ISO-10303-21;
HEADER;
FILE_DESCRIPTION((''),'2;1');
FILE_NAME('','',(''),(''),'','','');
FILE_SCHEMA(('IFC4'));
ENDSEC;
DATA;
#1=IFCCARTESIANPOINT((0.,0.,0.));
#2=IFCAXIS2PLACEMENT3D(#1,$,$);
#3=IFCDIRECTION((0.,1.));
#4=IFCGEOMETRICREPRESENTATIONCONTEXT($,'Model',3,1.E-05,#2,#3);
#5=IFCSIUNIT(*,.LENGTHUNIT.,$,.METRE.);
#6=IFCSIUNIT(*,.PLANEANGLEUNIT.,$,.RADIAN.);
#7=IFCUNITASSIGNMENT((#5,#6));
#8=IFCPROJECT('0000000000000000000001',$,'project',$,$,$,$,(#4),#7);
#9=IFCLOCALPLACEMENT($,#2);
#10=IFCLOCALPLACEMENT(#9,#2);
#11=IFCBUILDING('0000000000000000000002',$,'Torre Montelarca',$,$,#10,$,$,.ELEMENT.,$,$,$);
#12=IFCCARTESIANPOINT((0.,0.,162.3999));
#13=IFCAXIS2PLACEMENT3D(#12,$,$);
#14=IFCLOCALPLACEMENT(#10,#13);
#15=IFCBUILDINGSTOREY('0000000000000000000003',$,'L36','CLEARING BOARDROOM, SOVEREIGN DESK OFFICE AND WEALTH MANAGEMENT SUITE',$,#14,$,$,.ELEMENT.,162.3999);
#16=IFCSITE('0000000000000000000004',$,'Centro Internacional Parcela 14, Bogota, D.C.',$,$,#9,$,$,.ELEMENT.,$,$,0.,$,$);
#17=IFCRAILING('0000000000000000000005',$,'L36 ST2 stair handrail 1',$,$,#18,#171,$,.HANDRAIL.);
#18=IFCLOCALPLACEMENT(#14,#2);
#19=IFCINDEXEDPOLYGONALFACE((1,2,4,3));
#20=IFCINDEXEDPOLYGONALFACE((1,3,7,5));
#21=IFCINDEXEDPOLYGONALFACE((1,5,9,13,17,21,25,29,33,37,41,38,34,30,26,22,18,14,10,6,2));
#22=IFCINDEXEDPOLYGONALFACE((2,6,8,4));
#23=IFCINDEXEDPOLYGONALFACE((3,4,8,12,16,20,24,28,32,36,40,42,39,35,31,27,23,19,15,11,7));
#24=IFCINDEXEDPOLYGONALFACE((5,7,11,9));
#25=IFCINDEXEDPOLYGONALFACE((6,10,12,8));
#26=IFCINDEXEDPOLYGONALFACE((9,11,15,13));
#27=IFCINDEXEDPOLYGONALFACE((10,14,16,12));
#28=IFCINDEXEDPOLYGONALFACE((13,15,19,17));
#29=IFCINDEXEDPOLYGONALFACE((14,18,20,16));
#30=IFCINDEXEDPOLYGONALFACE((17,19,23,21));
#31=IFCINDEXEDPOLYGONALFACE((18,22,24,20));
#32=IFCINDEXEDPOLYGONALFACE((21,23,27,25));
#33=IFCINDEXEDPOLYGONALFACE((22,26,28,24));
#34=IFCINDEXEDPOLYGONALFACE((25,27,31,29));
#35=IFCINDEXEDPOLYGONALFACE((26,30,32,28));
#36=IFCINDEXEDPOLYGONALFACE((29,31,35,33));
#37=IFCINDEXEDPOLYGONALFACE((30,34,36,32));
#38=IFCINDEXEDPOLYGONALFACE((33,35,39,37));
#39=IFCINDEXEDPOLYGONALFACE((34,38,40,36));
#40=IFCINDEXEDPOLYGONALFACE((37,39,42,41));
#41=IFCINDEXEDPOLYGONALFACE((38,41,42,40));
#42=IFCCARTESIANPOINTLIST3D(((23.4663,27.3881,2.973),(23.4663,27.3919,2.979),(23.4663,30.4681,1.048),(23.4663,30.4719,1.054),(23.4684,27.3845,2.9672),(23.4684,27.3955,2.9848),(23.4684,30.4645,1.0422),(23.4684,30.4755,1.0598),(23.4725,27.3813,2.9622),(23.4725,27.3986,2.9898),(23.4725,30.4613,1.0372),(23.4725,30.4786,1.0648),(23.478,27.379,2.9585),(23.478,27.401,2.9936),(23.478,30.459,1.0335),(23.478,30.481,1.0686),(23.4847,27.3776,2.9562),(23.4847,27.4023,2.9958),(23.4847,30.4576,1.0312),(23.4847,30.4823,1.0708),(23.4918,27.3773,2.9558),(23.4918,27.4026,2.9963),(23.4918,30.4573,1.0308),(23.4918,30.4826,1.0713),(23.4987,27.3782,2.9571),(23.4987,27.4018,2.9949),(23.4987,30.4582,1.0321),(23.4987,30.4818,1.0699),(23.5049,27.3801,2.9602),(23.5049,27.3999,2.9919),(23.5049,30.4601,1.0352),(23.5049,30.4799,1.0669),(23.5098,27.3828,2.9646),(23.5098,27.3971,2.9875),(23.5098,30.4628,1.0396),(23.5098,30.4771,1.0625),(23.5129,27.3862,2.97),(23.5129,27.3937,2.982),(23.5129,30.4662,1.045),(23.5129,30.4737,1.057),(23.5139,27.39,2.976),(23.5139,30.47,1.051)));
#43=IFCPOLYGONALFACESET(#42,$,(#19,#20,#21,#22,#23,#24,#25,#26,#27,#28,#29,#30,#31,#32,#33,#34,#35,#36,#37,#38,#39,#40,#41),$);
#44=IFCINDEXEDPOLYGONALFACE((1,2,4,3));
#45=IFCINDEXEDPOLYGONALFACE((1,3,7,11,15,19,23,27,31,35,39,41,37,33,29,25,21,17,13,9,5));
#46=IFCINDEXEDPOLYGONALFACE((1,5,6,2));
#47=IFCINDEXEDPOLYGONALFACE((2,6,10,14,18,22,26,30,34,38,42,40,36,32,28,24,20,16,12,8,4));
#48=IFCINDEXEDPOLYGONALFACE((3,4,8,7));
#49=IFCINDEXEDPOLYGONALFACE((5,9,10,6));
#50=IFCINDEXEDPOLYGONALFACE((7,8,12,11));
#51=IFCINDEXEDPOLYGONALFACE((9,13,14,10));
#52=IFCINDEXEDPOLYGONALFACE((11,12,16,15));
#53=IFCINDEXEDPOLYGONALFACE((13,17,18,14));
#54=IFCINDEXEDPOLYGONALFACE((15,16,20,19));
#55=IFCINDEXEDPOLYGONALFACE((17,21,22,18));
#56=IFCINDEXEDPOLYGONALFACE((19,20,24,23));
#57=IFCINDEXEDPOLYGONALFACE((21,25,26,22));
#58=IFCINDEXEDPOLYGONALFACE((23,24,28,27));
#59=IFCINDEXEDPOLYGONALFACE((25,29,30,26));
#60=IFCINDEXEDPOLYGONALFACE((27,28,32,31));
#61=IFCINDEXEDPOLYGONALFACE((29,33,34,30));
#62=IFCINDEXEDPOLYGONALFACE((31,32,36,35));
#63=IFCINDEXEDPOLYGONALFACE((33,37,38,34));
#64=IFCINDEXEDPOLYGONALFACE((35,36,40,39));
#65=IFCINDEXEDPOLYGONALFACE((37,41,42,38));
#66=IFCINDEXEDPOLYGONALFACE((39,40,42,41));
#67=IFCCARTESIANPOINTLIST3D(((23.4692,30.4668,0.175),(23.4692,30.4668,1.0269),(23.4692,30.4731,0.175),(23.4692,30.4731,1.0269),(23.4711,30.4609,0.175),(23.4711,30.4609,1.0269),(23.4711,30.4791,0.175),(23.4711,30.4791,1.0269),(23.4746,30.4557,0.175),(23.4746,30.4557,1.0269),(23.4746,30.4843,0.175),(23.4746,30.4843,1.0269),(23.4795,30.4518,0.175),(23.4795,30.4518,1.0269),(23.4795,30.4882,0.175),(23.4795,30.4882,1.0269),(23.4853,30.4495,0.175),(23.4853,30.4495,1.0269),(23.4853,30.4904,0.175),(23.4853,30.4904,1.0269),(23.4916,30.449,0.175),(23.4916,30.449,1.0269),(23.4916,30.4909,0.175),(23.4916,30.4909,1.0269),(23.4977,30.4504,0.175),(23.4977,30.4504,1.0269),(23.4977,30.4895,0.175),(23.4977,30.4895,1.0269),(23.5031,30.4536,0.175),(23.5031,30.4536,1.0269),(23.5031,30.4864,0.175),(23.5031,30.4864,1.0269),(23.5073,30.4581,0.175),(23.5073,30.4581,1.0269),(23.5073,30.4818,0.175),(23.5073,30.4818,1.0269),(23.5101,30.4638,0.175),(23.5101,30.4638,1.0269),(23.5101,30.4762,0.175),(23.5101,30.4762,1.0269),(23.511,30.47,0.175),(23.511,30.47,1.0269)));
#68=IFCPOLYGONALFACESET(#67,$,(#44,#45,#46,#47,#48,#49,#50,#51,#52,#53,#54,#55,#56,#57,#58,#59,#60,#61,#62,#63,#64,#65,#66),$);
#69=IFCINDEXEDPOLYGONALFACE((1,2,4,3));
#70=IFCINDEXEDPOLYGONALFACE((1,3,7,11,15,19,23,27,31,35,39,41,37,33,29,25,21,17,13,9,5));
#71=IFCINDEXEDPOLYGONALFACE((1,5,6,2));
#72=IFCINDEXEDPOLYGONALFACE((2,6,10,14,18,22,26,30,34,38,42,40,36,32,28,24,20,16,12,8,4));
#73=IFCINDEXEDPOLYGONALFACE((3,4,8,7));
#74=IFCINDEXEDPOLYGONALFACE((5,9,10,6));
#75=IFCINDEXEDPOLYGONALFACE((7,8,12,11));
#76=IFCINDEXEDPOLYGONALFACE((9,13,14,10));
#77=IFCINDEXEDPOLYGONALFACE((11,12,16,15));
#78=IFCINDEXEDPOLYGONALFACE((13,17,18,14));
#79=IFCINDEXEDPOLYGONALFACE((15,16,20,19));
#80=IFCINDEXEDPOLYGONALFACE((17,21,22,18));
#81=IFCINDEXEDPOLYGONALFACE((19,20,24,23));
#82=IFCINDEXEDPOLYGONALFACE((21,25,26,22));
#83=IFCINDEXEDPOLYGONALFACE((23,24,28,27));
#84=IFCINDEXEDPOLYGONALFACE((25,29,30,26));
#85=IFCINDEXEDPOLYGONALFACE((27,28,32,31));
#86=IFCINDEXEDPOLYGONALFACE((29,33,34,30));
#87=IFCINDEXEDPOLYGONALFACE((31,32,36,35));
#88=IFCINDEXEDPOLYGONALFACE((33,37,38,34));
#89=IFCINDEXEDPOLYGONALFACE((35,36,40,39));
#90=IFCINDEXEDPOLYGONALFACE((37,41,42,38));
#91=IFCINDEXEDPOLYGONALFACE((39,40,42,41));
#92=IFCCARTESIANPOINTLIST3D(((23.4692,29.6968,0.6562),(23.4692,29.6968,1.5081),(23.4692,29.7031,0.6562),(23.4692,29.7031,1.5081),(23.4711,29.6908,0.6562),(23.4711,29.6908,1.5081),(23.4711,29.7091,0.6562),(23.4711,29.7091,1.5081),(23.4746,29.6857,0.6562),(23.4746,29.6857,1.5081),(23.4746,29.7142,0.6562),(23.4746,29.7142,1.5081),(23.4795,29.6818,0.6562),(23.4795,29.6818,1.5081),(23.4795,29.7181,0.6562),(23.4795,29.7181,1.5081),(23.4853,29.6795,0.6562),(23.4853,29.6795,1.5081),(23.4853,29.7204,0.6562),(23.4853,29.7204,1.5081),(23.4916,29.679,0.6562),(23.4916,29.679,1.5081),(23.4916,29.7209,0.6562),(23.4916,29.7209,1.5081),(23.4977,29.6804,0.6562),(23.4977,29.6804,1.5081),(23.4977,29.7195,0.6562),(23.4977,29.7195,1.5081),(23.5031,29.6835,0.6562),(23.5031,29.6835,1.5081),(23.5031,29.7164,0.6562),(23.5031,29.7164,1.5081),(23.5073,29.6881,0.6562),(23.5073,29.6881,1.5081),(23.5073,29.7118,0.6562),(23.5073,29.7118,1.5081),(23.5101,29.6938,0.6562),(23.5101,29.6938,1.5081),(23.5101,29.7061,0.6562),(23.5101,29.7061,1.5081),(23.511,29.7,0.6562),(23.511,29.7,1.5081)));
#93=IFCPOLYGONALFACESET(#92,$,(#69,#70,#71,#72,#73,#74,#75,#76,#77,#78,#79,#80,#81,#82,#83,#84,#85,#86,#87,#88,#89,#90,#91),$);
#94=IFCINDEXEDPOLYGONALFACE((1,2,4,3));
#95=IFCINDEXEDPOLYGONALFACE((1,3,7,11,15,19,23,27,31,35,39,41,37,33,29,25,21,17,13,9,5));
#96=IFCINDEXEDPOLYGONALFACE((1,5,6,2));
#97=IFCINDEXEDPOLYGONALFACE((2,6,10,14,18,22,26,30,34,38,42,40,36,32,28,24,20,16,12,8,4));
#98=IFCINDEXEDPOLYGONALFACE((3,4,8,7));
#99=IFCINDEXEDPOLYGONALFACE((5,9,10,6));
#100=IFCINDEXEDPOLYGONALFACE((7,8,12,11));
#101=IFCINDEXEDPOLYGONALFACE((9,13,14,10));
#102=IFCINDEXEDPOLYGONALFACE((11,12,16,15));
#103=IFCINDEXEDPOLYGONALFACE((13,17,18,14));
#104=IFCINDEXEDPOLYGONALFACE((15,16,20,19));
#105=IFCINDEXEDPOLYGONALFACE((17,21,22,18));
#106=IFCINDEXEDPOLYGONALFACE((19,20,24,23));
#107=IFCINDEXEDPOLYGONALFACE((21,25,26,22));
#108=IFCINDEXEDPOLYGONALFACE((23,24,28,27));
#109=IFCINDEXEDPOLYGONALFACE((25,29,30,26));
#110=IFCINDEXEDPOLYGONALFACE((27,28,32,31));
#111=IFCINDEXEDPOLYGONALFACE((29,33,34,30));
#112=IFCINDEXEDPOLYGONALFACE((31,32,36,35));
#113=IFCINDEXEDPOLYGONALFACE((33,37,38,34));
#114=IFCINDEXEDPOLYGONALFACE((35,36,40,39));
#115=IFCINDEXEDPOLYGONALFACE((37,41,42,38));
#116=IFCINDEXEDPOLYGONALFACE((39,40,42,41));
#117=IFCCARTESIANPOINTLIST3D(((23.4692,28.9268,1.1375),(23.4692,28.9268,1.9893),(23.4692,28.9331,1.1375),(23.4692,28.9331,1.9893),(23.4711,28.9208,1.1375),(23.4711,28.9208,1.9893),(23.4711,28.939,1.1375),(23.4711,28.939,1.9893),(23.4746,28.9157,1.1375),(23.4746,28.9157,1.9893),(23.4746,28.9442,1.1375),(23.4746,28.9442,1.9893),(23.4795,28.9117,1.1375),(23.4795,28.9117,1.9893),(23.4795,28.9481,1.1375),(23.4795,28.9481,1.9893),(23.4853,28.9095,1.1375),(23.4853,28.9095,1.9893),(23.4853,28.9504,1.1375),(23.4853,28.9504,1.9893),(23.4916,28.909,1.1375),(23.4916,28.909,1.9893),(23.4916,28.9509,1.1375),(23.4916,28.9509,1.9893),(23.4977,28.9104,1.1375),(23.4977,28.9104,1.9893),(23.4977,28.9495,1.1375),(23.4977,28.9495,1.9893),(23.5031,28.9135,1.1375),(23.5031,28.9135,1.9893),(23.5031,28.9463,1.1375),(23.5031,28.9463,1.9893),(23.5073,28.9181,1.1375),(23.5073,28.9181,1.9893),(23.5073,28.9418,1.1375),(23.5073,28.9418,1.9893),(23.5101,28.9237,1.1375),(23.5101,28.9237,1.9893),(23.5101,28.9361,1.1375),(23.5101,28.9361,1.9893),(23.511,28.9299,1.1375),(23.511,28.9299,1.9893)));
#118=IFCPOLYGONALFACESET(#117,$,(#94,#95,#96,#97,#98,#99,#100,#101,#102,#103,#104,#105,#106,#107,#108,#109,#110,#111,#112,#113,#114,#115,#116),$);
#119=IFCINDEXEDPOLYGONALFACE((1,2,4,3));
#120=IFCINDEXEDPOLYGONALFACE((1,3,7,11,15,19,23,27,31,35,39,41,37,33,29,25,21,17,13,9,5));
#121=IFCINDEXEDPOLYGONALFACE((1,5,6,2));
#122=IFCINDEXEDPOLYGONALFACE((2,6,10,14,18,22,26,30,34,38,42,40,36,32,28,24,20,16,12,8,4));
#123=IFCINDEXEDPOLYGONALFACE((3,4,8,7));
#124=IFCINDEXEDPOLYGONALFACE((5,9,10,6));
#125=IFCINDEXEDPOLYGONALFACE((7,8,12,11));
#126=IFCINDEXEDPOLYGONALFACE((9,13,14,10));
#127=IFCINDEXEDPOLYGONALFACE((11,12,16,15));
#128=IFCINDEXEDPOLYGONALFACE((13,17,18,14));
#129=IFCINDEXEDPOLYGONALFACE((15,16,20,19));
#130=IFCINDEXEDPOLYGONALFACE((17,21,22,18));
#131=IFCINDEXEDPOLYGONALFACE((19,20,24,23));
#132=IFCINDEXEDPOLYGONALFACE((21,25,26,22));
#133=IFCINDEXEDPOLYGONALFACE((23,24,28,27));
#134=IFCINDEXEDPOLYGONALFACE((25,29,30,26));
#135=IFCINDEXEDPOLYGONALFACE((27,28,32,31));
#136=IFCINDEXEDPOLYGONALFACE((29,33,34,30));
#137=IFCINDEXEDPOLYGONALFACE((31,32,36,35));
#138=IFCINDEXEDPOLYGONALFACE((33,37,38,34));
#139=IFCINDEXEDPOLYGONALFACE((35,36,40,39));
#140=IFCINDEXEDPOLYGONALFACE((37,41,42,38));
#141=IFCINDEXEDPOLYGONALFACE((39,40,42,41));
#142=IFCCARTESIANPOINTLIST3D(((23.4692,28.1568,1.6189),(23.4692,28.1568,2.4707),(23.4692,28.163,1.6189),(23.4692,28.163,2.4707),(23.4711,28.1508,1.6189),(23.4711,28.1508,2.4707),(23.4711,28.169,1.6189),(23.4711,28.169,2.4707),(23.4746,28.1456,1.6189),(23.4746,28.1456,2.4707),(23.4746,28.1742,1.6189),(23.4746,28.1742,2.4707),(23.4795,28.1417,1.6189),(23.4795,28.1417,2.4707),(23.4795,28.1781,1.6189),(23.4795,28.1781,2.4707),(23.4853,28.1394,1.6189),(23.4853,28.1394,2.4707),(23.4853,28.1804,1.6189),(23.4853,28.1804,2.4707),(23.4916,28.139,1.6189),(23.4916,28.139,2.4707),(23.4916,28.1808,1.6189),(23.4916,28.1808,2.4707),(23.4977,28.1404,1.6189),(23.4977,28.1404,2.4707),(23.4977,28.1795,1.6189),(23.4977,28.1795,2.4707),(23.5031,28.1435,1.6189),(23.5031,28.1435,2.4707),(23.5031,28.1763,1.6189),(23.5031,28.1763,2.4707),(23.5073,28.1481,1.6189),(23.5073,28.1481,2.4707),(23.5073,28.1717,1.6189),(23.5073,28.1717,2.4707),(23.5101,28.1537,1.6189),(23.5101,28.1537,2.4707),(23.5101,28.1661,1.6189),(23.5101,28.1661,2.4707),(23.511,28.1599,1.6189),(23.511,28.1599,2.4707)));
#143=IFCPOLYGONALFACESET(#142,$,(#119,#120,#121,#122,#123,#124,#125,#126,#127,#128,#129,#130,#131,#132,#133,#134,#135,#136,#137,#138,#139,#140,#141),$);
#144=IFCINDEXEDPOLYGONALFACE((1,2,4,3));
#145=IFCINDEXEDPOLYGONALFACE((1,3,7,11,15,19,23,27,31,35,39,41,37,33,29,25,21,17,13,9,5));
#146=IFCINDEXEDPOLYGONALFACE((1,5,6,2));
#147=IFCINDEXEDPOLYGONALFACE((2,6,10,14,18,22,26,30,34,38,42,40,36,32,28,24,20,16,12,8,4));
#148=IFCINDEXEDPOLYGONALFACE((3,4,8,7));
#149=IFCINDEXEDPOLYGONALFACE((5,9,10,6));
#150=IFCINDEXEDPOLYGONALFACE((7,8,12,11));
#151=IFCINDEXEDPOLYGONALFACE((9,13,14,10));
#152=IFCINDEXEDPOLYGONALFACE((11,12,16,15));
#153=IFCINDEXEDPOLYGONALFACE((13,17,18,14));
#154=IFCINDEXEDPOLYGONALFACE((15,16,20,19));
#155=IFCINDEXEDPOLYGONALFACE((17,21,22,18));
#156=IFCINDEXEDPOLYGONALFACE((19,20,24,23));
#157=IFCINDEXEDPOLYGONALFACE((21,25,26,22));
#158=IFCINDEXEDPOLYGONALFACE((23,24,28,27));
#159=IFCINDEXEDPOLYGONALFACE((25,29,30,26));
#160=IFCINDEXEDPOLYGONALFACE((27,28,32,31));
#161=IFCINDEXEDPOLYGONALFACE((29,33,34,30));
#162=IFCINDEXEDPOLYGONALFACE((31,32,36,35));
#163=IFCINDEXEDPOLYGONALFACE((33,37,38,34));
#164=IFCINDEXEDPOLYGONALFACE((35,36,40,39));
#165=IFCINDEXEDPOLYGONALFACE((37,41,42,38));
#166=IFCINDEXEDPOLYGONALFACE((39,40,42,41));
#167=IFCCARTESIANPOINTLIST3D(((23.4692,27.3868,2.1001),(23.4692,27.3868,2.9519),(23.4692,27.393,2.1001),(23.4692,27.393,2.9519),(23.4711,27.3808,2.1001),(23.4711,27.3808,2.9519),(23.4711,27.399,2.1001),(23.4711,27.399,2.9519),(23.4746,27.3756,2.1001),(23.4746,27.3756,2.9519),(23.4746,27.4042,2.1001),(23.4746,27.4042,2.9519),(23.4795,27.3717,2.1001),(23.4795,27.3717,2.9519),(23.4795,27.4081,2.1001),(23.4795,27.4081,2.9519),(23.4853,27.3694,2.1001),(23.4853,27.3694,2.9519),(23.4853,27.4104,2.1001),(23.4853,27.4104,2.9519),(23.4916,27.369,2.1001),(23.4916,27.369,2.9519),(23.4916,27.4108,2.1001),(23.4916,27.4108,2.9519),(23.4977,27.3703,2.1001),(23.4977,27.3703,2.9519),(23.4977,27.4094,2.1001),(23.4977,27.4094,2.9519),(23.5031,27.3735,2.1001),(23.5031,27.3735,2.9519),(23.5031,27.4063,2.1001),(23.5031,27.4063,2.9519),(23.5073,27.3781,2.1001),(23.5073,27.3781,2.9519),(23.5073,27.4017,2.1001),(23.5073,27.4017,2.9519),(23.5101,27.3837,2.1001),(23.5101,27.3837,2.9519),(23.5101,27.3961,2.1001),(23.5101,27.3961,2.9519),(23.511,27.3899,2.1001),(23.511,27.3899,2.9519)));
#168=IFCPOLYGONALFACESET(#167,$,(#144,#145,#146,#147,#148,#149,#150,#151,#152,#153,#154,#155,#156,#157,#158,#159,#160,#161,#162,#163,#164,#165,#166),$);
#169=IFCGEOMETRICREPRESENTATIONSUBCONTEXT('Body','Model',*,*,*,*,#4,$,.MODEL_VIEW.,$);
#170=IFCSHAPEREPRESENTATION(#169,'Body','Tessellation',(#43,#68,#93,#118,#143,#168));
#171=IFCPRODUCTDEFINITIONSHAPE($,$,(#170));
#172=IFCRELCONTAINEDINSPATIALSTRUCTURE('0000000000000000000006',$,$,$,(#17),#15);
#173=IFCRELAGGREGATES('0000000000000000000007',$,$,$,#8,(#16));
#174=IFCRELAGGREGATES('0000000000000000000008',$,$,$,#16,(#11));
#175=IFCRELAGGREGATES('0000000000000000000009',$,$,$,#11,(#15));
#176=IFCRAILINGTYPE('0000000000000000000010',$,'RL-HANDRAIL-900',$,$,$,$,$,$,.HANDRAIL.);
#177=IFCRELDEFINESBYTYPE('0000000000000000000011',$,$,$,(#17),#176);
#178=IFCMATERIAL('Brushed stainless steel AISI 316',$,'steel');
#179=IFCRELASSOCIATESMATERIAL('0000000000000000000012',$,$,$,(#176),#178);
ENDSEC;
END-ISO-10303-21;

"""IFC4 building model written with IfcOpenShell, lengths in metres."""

from ifc_helpers import new_model, si_unit, direction, frame, origin, origin_2d, place, context, subcontext, project, spatial, circle, extrude, material, type_object, element, save


model = new_model("IFC4")

# Units and contexts
model_context = context("Model", 3, precision=1e-05, world=origin(), true_north=direction((0.0, 1.0)))
body_context = subcontext(model_context, "Body", "Model", "MODEL_VIEW")
ifc_project = project(units=[si_unit("LENGTHUNIT", "METRE"), si_unit("PLANEANGLEUNIT", "RADIAN")], contexts=[model_context])

# Site, building, storey
site_placement = place(None, origin())
site = spatial("IfcSite", under=ifc_project, at=site_placement, Name="Centro Internacional Parcela 14, Bogota, D.C.", CompositionType="ELEMENT", RefElevation=0.0)
building_placement = place(site_placement, origin())
building = spatial("IfcBuilding", under=site, at=building_placement, Name="Torre Montelarca", CompositionType="ELEMENT")
storey_placement = place(building_placement, frame((0.0, 0.0, 162.3999)))
storey = spatial("IfcBuildingStorey", under=building, at=storey_placement, Name="L36", Description="CLEARING BOARDROOM, SOVEREIGN DESK OFFICE AND WEALTH MANAGEMENT SUITE", CompositionType="ELEMENT", Elevation=162.3999)

# Railing
ifc_material_1 = material(Name="Brushed stainless steel AISI 316", Category="steel")
railing_type_1 = type_object("IfcRailingType", Name="RL-HANDRAIL-900", PredefinedType="HANDRAIL", material=ifc_material_1)
railing_1_placement = place(storey_placement, frame((23.49, 30.47, 0.175)))
element("IfcRailing", 1, at=railing_1_placement, inside=storey, type_object=railing_type_1, Name="L36 ST2 stair handrail 1", PredefinedType="HANDRAIL", context=body_context, shape_type="SweptSolid", body=[
    extrude(circle(Radius=0.0239, at=origin_2d()), frame((0.0, 0.0, 0.876), z_axis=(0.0, -0.847998, 0.529999), x_axis=(1.0, 0.0, 0.0)), (0.0, 0.0, 1.0), 3.6321),
    extrude(circle(Radius=0.021, at=origin_2d()), origin(), (0.0, 0.0, 1.0), 0.8518),
    extrude(circle(Radius=0.021, at=origin_2d()), frame((0.0, -0.77, 0.4812)), (0.0, 0.0, 1.0), 0.8518),
    extrude(circle(Radius=0.021, at=origin_2d()), frame((0.0, -1.54, 0.9624)), (0.0, 0.0, 1.0), 0.8518),
    extrude(circle(Radius=0.021, at=origin_2d()), frame((0.0, -2.3101, 1.4438)), (0.0, 0.0, 1.0), 0.8518),
    extrude(circle(Radius=0.021, at=origin_2d()), frame((0.0, -3.0801, 1.925)), (0.0, 0.0, 1.0), 0.8518),
])

save(model, "model.ifc")
